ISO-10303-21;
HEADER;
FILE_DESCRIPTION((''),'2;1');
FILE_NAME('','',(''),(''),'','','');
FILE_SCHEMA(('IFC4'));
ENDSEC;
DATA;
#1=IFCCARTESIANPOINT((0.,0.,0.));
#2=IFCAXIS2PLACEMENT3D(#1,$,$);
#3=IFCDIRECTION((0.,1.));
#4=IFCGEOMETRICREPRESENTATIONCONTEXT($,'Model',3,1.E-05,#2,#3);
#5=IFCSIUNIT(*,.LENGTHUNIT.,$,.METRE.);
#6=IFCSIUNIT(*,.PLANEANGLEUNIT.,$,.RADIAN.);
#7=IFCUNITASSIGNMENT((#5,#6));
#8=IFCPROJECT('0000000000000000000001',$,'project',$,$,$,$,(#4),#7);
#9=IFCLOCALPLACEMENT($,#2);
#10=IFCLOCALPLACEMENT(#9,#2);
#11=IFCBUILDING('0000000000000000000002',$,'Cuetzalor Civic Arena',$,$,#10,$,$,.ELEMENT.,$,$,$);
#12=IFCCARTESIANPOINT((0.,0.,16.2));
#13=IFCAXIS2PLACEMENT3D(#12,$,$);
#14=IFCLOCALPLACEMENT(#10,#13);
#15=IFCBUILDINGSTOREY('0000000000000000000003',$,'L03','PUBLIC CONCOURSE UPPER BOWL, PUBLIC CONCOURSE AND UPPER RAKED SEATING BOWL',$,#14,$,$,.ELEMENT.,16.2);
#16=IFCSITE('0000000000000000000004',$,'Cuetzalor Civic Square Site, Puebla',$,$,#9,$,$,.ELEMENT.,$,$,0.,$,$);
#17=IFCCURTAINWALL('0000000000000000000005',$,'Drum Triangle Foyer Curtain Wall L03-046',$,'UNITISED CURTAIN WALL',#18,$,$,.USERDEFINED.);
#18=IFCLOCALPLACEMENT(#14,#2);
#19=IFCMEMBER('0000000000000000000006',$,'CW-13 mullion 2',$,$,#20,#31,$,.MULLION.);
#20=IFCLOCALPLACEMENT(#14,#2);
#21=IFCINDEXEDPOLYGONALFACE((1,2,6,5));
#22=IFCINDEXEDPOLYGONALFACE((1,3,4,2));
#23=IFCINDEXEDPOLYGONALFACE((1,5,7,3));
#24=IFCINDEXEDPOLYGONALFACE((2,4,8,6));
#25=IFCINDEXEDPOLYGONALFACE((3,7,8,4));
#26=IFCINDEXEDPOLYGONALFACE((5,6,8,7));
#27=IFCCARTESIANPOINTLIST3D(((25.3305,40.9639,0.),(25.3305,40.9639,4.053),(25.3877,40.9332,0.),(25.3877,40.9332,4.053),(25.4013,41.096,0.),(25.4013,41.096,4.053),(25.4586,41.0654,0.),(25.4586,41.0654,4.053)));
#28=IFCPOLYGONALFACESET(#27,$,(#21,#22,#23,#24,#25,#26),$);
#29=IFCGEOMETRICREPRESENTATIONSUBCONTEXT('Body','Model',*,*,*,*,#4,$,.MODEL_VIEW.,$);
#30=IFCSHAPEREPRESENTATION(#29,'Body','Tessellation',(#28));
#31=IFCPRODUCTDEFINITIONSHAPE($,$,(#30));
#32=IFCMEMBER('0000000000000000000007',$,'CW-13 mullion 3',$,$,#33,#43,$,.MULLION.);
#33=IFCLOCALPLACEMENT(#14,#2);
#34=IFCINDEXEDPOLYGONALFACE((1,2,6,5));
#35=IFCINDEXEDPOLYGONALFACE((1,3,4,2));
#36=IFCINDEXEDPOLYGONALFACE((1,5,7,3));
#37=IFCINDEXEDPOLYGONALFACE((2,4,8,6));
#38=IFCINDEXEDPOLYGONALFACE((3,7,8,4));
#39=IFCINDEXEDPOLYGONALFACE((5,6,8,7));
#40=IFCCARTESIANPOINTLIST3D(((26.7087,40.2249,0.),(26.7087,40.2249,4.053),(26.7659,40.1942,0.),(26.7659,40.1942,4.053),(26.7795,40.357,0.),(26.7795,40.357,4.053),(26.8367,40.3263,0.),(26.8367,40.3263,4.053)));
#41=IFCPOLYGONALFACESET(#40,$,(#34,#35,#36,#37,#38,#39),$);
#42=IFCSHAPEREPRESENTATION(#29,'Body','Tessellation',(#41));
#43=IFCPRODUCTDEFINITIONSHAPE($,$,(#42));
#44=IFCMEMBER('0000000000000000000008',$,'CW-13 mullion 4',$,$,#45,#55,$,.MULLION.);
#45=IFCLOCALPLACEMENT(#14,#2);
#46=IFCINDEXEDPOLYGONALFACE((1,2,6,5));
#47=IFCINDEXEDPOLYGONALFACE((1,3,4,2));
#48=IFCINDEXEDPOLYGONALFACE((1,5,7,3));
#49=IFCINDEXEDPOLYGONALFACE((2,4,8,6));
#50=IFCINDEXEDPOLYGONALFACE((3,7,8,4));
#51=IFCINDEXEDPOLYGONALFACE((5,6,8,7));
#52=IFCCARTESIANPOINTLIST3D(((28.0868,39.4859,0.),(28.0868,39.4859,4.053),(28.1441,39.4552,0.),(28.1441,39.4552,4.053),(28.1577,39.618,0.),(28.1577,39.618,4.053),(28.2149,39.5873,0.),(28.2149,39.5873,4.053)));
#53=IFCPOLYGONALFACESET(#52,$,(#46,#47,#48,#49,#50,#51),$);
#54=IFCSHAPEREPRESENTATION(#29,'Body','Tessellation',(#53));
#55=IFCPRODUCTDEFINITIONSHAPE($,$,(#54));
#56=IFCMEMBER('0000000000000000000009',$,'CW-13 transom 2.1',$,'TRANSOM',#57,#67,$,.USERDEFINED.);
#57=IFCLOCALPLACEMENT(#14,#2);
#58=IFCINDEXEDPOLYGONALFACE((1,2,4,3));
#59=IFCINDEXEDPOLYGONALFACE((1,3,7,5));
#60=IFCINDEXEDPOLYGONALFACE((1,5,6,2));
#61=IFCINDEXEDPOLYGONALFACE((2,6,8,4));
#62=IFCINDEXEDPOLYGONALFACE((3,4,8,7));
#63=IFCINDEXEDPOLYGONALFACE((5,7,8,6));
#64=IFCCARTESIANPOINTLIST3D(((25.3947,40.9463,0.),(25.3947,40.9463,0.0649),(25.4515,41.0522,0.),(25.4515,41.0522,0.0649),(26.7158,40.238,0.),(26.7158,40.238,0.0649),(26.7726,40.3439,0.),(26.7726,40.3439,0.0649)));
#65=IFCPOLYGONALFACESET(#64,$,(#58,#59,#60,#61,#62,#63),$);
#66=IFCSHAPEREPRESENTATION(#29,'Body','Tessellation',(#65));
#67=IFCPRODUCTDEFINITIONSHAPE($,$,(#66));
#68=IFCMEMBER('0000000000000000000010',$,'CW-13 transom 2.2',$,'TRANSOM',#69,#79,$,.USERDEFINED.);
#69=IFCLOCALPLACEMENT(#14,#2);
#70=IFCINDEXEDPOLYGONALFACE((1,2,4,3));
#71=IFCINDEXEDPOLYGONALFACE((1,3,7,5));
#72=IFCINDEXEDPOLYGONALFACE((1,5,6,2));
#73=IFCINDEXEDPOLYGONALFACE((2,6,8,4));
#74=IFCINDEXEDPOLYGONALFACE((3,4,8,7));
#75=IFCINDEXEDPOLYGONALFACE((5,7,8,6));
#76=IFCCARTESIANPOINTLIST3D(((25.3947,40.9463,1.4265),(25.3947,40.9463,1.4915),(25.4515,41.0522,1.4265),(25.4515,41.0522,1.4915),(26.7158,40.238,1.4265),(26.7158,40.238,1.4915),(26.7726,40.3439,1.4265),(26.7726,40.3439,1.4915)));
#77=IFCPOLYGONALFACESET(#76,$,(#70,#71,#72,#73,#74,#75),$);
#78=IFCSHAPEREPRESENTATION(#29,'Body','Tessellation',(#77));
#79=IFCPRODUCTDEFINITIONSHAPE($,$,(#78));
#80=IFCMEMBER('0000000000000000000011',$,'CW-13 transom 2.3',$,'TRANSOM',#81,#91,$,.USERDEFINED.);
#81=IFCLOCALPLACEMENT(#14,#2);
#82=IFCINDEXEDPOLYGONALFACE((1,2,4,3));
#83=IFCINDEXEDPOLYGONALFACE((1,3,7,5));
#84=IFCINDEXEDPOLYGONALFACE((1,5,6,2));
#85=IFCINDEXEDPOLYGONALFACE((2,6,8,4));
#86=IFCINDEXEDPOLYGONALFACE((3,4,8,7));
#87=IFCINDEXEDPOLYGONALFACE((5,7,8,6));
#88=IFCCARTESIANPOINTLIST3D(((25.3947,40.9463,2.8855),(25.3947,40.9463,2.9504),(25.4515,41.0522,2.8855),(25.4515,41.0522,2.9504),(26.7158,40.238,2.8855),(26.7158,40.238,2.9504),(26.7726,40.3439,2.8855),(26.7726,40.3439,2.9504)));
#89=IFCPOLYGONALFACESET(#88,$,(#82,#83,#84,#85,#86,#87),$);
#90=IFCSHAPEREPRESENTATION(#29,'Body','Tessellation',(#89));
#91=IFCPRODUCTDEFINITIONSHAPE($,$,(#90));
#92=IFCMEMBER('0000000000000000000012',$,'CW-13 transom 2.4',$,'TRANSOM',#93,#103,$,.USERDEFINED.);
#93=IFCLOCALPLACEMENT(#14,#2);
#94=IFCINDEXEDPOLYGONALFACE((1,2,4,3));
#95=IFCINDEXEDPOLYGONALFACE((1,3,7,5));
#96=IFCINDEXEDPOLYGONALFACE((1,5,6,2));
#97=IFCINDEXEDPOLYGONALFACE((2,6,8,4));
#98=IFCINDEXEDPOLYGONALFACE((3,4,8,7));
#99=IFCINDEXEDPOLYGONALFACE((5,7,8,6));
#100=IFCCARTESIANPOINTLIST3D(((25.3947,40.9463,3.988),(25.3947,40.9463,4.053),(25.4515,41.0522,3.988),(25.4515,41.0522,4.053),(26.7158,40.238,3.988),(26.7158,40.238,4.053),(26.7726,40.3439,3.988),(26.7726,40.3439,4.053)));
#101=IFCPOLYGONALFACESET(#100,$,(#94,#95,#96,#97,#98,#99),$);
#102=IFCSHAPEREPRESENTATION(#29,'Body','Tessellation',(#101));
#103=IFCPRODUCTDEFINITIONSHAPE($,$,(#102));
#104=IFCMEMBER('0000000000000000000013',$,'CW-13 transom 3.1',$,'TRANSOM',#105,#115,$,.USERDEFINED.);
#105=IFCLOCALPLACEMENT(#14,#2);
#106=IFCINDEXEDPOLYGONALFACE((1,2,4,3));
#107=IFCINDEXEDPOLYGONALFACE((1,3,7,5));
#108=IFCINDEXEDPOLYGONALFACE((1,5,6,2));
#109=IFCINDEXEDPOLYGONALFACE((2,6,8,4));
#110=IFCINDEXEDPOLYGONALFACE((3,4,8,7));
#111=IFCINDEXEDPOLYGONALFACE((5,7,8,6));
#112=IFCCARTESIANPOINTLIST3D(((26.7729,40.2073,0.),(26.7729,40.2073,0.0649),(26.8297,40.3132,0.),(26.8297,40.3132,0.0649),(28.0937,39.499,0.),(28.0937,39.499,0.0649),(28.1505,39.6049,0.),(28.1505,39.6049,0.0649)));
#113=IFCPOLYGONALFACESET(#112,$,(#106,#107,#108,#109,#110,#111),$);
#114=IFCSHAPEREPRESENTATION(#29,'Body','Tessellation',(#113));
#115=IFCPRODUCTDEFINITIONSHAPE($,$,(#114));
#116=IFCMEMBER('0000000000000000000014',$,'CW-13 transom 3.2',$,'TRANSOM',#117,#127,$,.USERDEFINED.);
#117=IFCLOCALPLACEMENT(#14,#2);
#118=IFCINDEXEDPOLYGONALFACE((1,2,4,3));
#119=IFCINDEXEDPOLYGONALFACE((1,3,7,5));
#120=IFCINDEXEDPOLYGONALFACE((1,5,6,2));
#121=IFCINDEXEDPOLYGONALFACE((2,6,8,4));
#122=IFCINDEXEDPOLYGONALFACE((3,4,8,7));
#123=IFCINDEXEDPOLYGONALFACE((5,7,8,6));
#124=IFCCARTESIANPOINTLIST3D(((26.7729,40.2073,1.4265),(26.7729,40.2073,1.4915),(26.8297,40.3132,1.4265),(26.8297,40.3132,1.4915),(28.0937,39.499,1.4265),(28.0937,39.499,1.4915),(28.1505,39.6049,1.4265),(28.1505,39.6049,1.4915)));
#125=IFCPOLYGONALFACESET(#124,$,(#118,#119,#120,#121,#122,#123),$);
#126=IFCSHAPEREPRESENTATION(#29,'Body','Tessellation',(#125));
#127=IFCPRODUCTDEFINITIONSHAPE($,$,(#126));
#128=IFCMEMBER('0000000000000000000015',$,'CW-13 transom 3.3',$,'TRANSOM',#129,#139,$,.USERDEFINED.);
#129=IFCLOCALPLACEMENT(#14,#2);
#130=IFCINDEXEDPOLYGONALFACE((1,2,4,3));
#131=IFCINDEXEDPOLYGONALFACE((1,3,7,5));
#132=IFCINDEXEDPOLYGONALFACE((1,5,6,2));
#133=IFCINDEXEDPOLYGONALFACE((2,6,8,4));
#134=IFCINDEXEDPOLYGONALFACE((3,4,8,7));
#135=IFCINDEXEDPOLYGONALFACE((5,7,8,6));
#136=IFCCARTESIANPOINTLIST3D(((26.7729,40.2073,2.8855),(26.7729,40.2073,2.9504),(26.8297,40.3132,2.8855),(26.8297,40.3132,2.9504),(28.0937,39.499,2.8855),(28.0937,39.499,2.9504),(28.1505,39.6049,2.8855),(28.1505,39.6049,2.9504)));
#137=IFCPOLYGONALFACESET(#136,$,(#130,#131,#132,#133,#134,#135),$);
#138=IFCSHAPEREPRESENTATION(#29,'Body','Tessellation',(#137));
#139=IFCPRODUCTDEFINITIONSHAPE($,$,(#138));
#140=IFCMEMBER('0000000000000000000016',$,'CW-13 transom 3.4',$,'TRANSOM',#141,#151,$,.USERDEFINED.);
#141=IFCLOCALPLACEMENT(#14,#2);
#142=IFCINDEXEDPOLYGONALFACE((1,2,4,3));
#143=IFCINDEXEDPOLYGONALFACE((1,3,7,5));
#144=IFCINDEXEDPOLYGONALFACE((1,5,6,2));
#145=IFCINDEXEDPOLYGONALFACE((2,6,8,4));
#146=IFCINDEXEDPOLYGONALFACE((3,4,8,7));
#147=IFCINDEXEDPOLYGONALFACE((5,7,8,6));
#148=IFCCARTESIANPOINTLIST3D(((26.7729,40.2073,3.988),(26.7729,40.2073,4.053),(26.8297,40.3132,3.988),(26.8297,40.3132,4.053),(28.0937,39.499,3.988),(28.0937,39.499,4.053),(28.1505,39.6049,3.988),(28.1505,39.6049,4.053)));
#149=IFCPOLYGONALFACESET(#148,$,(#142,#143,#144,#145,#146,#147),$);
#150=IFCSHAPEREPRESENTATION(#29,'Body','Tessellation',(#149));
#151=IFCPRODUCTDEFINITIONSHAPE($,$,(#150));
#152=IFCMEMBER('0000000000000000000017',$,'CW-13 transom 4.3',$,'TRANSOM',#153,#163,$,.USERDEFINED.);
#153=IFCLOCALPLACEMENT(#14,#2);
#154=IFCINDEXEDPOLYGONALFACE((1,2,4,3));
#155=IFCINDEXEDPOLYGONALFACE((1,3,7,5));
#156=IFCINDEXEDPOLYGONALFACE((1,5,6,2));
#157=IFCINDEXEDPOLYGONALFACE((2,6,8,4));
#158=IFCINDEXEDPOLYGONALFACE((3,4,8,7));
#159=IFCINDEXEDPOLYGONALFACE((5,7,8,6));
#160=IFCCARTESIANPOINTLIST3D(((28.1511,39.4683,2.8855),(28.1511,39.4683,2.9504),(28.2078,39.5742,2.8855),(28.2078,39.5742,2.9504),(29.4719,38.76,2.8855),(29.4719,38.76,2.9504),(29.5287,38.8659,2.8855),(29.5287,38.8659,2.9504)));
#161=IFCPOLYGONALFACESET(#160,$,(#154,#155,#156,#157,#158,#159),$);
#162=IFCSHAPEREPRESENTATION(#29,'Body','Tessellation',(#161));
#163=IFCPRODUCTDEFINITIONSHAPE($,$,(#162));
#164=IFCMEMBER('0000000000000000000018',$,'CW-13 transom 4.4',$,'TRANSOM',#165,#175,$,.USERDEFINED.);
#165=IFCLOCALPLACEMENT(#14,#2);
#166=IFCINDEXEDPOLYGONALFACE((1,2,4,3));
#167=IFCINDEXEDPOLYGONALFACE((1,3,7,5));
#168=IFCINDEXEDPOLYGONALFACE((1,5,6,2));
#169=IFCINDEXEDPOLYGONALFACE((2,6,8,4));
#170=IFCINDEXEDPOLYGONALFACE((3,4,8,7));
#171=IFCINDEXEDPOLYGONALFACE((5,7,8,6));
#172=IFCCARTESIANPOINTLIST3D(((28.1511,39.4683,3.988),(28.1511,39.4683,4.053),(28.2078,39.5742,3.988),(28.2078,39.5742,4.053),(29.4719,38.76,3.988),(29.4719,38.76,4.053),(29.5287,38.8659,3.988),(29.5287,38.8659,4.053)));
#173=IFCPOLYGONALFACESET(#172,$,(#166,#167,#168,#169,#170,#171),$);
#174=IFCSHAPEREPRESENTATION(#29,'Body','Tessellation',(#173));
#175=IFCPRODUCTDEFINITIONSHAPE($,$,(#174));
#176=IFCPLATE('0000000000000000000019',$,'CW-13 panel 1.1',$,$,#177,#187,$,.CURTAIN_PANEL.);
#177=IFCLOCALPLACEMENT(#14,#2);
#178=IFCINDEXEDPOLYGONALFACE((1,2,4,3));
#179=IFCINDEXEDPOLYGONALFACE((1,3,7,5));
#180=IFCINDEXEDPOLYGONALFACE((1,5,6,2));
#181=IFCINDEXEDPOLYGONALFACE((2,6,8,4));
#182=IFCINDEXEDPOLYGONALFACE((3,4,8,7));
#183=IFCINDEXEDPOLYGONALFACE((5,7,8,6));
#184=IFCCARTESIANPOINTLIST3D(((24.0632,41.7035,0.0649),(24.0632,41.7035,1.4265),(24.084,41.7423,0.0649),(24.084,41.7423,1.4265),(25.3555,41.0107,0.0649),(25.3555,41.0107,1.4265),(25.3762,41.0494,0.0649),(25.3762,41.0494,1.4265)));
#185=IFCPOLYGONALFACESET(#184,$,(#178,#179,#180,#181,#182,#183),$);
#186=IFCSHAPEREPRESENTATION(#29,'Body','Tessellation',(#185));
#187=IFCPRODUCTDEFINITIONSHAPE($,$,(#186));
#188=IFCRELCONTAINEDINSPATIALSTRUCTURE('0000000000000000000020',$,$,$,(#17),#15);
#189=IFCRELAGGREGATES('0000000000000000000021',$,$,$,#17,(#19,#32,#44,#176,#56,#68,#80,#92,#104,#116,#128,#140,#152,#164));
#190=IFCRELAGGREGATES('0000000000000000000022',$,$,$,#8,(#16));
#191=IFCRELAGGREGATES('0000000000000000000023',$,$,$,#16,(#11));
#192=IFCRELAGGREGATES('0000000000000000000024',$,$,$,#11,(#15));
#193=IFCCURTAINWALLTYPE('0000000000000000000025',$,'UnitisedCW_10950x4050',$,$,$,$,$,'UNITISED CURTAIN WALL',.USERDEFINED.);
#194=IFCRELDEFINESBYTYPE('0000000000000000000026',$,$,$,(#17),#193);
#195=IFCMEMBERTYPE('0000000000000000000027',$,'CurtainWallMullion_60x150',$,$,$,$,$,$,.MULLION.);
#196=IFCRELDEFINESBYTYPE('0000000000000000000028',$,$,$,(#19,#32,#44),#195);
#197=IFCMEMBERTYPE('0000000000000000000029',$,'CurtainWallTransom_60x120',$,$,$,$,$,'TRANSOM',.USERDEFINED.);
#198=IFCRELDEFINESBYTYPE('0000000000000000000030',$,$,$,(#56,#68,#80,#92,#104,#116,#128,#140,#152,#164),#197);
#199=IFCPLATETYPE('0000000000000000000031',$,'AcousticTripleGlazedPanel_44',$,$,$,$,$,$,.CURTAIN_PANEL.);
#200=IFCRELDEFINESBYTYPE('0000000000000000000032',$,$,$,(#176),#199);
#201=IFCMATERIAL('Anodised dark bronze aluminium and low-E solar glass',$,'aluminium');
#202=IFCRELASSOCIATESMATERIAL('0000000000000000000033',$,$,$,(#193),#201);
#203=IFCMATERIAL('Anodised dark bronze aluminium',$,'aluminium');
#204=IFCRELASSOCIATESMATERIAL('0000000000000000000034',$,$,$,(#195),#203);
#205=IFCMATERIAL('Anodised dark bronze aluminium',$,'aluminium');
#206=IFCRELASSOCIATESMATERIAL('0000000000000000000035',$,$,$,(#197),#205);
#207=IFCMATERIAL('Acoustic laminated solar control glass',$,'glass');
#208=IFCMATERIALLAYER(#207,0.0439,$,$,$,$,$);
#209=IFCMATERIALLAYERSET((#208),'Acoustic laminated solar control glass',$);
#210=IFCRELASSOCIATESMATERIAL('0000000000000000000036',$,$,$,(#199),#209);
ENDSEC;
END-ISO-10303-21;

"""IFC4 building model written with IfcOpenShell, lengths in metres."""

from ifc_helpers import new_model, si_unit, direction, frame, origin, origin_2d, place, context, subcontext, project, spatial, rectangle, extrude, material, layer, layer_set, material_profile, profile_set, type_object, element, aggregate, save


model = new_model("IFC4")

# Units and contexts
model_context = context("Model", 3, precision=1e-05, world=origin(), true_north=direction((0.0, 1.0)))
body_context = subcontext(model_context, "Body", "Model", "MODEL_VIEW")
ifc_project = project(units=[si_unit("LENGTHUNIT", "METRE"), si_unit("PLANEANGLEUNIT", "RADIAN")], contexts=[model_context])

# Site, building, storey
site_placement = place(None, origin())
site = spatial("IfcSite", under=ifc_project, at=site_placement, Name="Cuetzalor Civic Square Site, Puebla", CompositionType="ELEMENT", RefElevation=0.0)
building_placement = place(site_placement, origin())
building = spatial("IfcBuilding", under=site, at=building_placement, Name="Cuetzalor Civic Arena", CompositionType="ELEMENT")
storey_placement = place(building_placement, frame((0.0, 0.0, 16.2)))
storey = spatial("IfcBuildingStorey", under=building, at=storey_placement, Name="L03", Description="PUBLIC CONCOURSE UPPER BOWL, PUBLIC CONCOURSE AND UPPER RAKED SEATING BOWL", CompositionType="ELEMENT", Elevation=16.2)

# Curtain wall, members, plate
ifc_material_1 = material(Name="Anodised dark bronze aluminium and low-E solar glass", Category="aluminium")
curtain_wall_type = type_object("IfcCurtainWallType", Name="UnitisedCW_10950x4050", ElementType="UNITISED CURTAIN WALL", PredefinedType="USERDEFINED", material=ifc_material_1)
curtain_wall_placement = place(storey_placement, origin())
curtain_wall = element("IfcCurtainWall", 1, at=curtain_wall_placement, inside=storey, type_object=curtain_wall_type, Name="Drum Triangle Foyer Curtain Wall L03-046", ObjectType="UNITISED CURTAIN WALL", PredefinedType="USERDEFINED")
ifc_material_2 = material(Name="Anodised dark bronze aluminium", Category="aluminium")
ifc_material_profile_1 = material_profile(ifc_material_2, rectangle(XDim=0.0649, YDim=0.1499, at=origin_2d()), Name="ALU MULLION 65x150")
ifc_profile_set_1 = profile_set([ifc_material_profile_1], Name="Anodised dark bronze aluminium")
member_type_1 = type_object("IfcMemberType", Name="CurtainWallMullion_60x150", PredefinedType="MULLION", material=ifc_profile_set_1)
member_1_placement = place(storey_placement, frame((25.3945, 41.0146, 0.0), z_axis=(0.0, 0.0, 1.0), x_axis=(0.881306, -0.472545, 0.0)))
member_1 = element("IfcMember", 2, at=member_1_placement, type_object=member_type_1, Name="CW-13 mullion 2", PredefinedType="MULLION", context=body_context, shape_type="SweptSolid", body=[
    extrude(rectangle(XDim=0.0649, YDim=0.1499, at=origin_2d()), origin(), (0.0, 0.0, 1.0), 4.053),
])
member_2_placement = place(storey_placement, frame((26.7727, 40.2756, 0.0), z_axis=(0.0, 0.0, 1.0), x_axis=(0.881306, -0.472545, 0.0)))
member_2 = element("IfcMember", 3, at=member_2_placement, type_object=member_type_1, Name="CW-13 mullion 3", PredefinedType="MULLION", context=body_context, shape_type="SweptSolid", body=[
    extrude(rectangle(XDim=0.0649, YDim=0.1499, at=origin_2d()), origin(), (0.0, 0.0, 1.0), 4.053),
])
member_3_placement = place(storey_placement, frame((28.1509, 39.5366, 0.0), z_axis=(0.0, 0.0, 1.0), x_axis=(0.881306, -0.472545, 0.0)))
member_3 = element("IfcMember", 4, at=member_3_placement, type_object=member_type_1, Name="CW-13 mullion 4", PredefinedType="MULLION", context=body_context, shape_type="SweptSolid", body=[
    extrude(rectangle(XDim=0.0649, YDim=0.1499, at=origin_2d()), origin(), (0.0, 0.0, 1.0), 4.053),
])
ifc_material_3 = material(Name="Anodised dark bronze aluminium", Category="aluminium")
ifc_material_profile_2 = material_profile(ifc_material_3, rectangle(XDim=0.1201, YDim=0.0649, at=origin_2d()), Name="ALU TRANSOM 65x120")
ifc_profile_set_2 = profile_set([ifc_material_profile_2], Name="Anodised dark bronze aluminium")
member_type_2 = type_object("IfcMemberType", Name="CurtainWallTransom_60x120", ElementType="TRANSOM", PredefinedType="USERDEFINED", material=ifc_profile_set_2)
member_4_placement = place(storey_placement, frame((25.4231, 40.9993, 0.0325), z_axis=(0.881327, -0.472506, 0.0), x_axis=(0.472506, 0.881327, 0.0)))
member_4 = element("IfcMember", 5, at=member_4_placement, type_object=member_type_2, Name="CW-13 transom 2.1", ObjectType="TRANSOM", PredefinedType="USERDEFINED", context=body_context, shape_type="SweptSolid", body=[
    extrude(rectangle(XDim=0.1201, YDim=0.0649, at=origin_2d()), origin(), (0.0, 0.0, 1.0), 1.499),
])
member_5_placement = place(storey_placement, frame((25.4231, 40.9993, 1.459), z_axis=(0.881327, -0.472506, 0.0), x_axis=(0.472506, 0.881327, 0.0)))
member_5 = element("IfcMember", 6, at=member_5_placement, type_object=member_type_2, Name="CW-13 transom 2.2", ObjectType="TRANSOM", PredefinedType="USERDEFINED", context=body_context, shape_type="SweptSolid", body=[
    extrude(rectangle(XDim=0.1201, YDim=0.0649, at=origin_2d()), origin(), (0.0, 0.0, 1.0), 1.499),
])
member_6_placement = place(storey_placement, frame((25.4231, 40.9993, 2.918), z_axis=(0.881327, -0.472506, 0.0), x_axis=(0.472506, 0.881327, 0.0)))
member_6 = element("IfcMember", 7, at=member_6_placement, type_object=member_type_2, Name="CW-13 transom 2.3", ObjectType="TRANSOM", PredefinedType="USERDEFINED", context=body_context, shape_type="SweptSolid", body=[
    extrude(rectangle(XDim=0.1201, YDim=0.0649, at=origin_2d()), origin(), (0.0, 0.0, 1.0), 1.499),
])
member_7_placement = place(storey_placement, frame((25.4231, 40.9993, 4.0205), z_axis=(0.881327, -0.472506, 0.0), x_axis=(0.472506, 0.881327, 0.0)))
member_7 = element("IfcMember", 8, at=member_7_placement, type_object=member_type_2, Name="CW-13 transom 2.4", ObjectType="TRANSOM", PredefinedType="USERDEFINED", context=body_context, shape_type="SweptSolid", body=[
    extrude(rectangle(XDim=0.1201, YDim=0.0649, at=origin_2d()), origin(), (0.0, 0.0, 1.0), 1.499),
])
member_8_placement = place(storey_placement, frame((26.8013, 40.2603, 0.0325), z_axis=(0.881291, -0.472574, 0.0), x_axis=(0.472574, 0.881291, 0.0)))
member_8 = element("IfcMember", 9, at=member_8_placement, type_object=member_type_2, Name="CW-13 transom 3.1", ObjectType="TRANSOM", PredefinedType="USERDEFINED", context=body_context, shape_type="SweptSolid", body=[
    extrude(rectangle(XDim=0.1201, YDim=0.0649, at=origin_2d()), origin(), (0.0, 0.0, 1.0), 1.4988),
])
member_9_placement = place(storey_placement, frame((26.8013, 40.2603, 1.459), z_axis=(0.881291, -0.472574, 0.0), x_axis=(0.472574, 0.881291, 0.0)))
member_9 = element("IfcMember", 10, at=member_9_placement, type_object=member_type_2, Name="CW-13 transom 3.2", ObjectType="TRANSOM", PredefinedType="USERDEFINED", context=body_context, shape_type="SweptSolid", body=[
    extrude(rectangle(XDim=0.1201, YDim=0.0649, at=origin_2d()), origin(), (0.0, 0.0, 1.0), 1.4988),
])
member_10_placement = place(storey_placement, frame((26.8013, 40.2603, 2.918), z_axis=(0.881291, -0.472574, 0.0), x_axis=(0.472574, 0.881291, 0.0)))
member_10 = element("IfcMember", 11, at=member_10_placement, type_object=member_type_2, Name="CW-13 transom 3.3", ObjectType="TRANSOM", PredefinedType="USERDEFINED", context=body_context, shape_type="SweptSolid", body=[
    extrude(rectangle(XDim=0.1201, YDim=0.0649, at=origin_2d()), origin(), (0.0, 0.0, 1.0), 1.4988),
])
member_11_placement = place(storey_placement, frame((26.8013, 40.2603, 4.0205), z_axis=(0.881291, -0.472574, 0.0), x_axis=(0.472574, 0.881291, 0.0)))
member_11 = element("IfcMember", 12, at=member_11_placement, type_object=member_type_2, Name="CW-13 transom 3.4", ObjectType="TRANSOM", PredefinedType="USERDEFINED", context=body_context, shape_type="SweptSolid", body=[
    extrude(rectangle(XDim=0.1201, YDim=0.0649, at=origin_2d()), origin(), (0.0, 0.0, 1.0), 1.4988),
])
member_12_placement = place(storey_placement, frame((28.1794, 39.5212, 2.918), z_axis=(0.881291, -0.472574, 0.0), x_axis=(0.472574, 0.881291, 0.0)))
member_12 = element("IfcMember", 13, at=member_12_placement, type_object=member_type_2, Name="CW-13 transom 4.3", ObjectType="TRANSOM", PredefinedType="USERDEFINED", context=body_context, shape_type="SweptSolid", body=[
    extrude(rectangle(XDim=0.1201, YDim=0.0649, at=origin_2d()), origin(), (0.0, 0.0, 1.0), 1.4988),
])
member_13_placement = place(storey_placement, frame((28.1794, 39.5212, 4.0205), z_axis=(0.881291, -0.472574, 0.0), x_axis=(0.472574, 0.881291, 0.0)))
member_13 = element("IfcMember", 14, at=member_13_placement, type_object=member_type_2, Name="CW-13 transom 4.4", ObjectType="TRANSOM", PredefinedType="USERDEFINED", context=body_context, shape_type="SweptSolid", body=[
    extrude(rectangle(XDim=0.1201, YDim=0.0649, at=origin_2d()), origin(), (0.0, 0.0, 1.0), 1.4988),
])
ifc_material_4 = material(Name="Acoustic laminated solar control glass", Category="glass")
ifc_layer = layer(ifc_material_4, 0.0439)
ifc_layer_set = layer_set([ifc_layer], Name="Acoustic laminated solar control glass")
plate_type = type_object("IfcPlateType", Name="AcousticTripleGlazedPanel_44", PredefinedType="CURTAIN_PANEL", material=ifc_layer_set)
plate_1_placement = place(storey_placement, frame((24.7197, 41.3765, 0.0649), z_axis=(0.0, 0.0, 1.0), x_axis=(0.881306, -0.472545, 0.0)))
plate_1 = element("IfcPlate", 15, at=plate_1_placement, type_object=plate_type, Name="CW-13 panel 1.1", PredefinedType="CURTAIN_PANEL", context=body_context, shape_type="SweptSolid", body=[
    extrude(rectangle(XDim=1.4663, YDim=0.0439, at=origin_2d()), origin(), (0.0, 0.0, 1.0), 1.3616),
])
aggregate(curtain_wall, [member_1, member_2, member_3, plate_1, member_4, member_5, member_6, member_7, member_8, member_9, member_10, member_11, member_12, member_13])

save(model, "model.ifc")
